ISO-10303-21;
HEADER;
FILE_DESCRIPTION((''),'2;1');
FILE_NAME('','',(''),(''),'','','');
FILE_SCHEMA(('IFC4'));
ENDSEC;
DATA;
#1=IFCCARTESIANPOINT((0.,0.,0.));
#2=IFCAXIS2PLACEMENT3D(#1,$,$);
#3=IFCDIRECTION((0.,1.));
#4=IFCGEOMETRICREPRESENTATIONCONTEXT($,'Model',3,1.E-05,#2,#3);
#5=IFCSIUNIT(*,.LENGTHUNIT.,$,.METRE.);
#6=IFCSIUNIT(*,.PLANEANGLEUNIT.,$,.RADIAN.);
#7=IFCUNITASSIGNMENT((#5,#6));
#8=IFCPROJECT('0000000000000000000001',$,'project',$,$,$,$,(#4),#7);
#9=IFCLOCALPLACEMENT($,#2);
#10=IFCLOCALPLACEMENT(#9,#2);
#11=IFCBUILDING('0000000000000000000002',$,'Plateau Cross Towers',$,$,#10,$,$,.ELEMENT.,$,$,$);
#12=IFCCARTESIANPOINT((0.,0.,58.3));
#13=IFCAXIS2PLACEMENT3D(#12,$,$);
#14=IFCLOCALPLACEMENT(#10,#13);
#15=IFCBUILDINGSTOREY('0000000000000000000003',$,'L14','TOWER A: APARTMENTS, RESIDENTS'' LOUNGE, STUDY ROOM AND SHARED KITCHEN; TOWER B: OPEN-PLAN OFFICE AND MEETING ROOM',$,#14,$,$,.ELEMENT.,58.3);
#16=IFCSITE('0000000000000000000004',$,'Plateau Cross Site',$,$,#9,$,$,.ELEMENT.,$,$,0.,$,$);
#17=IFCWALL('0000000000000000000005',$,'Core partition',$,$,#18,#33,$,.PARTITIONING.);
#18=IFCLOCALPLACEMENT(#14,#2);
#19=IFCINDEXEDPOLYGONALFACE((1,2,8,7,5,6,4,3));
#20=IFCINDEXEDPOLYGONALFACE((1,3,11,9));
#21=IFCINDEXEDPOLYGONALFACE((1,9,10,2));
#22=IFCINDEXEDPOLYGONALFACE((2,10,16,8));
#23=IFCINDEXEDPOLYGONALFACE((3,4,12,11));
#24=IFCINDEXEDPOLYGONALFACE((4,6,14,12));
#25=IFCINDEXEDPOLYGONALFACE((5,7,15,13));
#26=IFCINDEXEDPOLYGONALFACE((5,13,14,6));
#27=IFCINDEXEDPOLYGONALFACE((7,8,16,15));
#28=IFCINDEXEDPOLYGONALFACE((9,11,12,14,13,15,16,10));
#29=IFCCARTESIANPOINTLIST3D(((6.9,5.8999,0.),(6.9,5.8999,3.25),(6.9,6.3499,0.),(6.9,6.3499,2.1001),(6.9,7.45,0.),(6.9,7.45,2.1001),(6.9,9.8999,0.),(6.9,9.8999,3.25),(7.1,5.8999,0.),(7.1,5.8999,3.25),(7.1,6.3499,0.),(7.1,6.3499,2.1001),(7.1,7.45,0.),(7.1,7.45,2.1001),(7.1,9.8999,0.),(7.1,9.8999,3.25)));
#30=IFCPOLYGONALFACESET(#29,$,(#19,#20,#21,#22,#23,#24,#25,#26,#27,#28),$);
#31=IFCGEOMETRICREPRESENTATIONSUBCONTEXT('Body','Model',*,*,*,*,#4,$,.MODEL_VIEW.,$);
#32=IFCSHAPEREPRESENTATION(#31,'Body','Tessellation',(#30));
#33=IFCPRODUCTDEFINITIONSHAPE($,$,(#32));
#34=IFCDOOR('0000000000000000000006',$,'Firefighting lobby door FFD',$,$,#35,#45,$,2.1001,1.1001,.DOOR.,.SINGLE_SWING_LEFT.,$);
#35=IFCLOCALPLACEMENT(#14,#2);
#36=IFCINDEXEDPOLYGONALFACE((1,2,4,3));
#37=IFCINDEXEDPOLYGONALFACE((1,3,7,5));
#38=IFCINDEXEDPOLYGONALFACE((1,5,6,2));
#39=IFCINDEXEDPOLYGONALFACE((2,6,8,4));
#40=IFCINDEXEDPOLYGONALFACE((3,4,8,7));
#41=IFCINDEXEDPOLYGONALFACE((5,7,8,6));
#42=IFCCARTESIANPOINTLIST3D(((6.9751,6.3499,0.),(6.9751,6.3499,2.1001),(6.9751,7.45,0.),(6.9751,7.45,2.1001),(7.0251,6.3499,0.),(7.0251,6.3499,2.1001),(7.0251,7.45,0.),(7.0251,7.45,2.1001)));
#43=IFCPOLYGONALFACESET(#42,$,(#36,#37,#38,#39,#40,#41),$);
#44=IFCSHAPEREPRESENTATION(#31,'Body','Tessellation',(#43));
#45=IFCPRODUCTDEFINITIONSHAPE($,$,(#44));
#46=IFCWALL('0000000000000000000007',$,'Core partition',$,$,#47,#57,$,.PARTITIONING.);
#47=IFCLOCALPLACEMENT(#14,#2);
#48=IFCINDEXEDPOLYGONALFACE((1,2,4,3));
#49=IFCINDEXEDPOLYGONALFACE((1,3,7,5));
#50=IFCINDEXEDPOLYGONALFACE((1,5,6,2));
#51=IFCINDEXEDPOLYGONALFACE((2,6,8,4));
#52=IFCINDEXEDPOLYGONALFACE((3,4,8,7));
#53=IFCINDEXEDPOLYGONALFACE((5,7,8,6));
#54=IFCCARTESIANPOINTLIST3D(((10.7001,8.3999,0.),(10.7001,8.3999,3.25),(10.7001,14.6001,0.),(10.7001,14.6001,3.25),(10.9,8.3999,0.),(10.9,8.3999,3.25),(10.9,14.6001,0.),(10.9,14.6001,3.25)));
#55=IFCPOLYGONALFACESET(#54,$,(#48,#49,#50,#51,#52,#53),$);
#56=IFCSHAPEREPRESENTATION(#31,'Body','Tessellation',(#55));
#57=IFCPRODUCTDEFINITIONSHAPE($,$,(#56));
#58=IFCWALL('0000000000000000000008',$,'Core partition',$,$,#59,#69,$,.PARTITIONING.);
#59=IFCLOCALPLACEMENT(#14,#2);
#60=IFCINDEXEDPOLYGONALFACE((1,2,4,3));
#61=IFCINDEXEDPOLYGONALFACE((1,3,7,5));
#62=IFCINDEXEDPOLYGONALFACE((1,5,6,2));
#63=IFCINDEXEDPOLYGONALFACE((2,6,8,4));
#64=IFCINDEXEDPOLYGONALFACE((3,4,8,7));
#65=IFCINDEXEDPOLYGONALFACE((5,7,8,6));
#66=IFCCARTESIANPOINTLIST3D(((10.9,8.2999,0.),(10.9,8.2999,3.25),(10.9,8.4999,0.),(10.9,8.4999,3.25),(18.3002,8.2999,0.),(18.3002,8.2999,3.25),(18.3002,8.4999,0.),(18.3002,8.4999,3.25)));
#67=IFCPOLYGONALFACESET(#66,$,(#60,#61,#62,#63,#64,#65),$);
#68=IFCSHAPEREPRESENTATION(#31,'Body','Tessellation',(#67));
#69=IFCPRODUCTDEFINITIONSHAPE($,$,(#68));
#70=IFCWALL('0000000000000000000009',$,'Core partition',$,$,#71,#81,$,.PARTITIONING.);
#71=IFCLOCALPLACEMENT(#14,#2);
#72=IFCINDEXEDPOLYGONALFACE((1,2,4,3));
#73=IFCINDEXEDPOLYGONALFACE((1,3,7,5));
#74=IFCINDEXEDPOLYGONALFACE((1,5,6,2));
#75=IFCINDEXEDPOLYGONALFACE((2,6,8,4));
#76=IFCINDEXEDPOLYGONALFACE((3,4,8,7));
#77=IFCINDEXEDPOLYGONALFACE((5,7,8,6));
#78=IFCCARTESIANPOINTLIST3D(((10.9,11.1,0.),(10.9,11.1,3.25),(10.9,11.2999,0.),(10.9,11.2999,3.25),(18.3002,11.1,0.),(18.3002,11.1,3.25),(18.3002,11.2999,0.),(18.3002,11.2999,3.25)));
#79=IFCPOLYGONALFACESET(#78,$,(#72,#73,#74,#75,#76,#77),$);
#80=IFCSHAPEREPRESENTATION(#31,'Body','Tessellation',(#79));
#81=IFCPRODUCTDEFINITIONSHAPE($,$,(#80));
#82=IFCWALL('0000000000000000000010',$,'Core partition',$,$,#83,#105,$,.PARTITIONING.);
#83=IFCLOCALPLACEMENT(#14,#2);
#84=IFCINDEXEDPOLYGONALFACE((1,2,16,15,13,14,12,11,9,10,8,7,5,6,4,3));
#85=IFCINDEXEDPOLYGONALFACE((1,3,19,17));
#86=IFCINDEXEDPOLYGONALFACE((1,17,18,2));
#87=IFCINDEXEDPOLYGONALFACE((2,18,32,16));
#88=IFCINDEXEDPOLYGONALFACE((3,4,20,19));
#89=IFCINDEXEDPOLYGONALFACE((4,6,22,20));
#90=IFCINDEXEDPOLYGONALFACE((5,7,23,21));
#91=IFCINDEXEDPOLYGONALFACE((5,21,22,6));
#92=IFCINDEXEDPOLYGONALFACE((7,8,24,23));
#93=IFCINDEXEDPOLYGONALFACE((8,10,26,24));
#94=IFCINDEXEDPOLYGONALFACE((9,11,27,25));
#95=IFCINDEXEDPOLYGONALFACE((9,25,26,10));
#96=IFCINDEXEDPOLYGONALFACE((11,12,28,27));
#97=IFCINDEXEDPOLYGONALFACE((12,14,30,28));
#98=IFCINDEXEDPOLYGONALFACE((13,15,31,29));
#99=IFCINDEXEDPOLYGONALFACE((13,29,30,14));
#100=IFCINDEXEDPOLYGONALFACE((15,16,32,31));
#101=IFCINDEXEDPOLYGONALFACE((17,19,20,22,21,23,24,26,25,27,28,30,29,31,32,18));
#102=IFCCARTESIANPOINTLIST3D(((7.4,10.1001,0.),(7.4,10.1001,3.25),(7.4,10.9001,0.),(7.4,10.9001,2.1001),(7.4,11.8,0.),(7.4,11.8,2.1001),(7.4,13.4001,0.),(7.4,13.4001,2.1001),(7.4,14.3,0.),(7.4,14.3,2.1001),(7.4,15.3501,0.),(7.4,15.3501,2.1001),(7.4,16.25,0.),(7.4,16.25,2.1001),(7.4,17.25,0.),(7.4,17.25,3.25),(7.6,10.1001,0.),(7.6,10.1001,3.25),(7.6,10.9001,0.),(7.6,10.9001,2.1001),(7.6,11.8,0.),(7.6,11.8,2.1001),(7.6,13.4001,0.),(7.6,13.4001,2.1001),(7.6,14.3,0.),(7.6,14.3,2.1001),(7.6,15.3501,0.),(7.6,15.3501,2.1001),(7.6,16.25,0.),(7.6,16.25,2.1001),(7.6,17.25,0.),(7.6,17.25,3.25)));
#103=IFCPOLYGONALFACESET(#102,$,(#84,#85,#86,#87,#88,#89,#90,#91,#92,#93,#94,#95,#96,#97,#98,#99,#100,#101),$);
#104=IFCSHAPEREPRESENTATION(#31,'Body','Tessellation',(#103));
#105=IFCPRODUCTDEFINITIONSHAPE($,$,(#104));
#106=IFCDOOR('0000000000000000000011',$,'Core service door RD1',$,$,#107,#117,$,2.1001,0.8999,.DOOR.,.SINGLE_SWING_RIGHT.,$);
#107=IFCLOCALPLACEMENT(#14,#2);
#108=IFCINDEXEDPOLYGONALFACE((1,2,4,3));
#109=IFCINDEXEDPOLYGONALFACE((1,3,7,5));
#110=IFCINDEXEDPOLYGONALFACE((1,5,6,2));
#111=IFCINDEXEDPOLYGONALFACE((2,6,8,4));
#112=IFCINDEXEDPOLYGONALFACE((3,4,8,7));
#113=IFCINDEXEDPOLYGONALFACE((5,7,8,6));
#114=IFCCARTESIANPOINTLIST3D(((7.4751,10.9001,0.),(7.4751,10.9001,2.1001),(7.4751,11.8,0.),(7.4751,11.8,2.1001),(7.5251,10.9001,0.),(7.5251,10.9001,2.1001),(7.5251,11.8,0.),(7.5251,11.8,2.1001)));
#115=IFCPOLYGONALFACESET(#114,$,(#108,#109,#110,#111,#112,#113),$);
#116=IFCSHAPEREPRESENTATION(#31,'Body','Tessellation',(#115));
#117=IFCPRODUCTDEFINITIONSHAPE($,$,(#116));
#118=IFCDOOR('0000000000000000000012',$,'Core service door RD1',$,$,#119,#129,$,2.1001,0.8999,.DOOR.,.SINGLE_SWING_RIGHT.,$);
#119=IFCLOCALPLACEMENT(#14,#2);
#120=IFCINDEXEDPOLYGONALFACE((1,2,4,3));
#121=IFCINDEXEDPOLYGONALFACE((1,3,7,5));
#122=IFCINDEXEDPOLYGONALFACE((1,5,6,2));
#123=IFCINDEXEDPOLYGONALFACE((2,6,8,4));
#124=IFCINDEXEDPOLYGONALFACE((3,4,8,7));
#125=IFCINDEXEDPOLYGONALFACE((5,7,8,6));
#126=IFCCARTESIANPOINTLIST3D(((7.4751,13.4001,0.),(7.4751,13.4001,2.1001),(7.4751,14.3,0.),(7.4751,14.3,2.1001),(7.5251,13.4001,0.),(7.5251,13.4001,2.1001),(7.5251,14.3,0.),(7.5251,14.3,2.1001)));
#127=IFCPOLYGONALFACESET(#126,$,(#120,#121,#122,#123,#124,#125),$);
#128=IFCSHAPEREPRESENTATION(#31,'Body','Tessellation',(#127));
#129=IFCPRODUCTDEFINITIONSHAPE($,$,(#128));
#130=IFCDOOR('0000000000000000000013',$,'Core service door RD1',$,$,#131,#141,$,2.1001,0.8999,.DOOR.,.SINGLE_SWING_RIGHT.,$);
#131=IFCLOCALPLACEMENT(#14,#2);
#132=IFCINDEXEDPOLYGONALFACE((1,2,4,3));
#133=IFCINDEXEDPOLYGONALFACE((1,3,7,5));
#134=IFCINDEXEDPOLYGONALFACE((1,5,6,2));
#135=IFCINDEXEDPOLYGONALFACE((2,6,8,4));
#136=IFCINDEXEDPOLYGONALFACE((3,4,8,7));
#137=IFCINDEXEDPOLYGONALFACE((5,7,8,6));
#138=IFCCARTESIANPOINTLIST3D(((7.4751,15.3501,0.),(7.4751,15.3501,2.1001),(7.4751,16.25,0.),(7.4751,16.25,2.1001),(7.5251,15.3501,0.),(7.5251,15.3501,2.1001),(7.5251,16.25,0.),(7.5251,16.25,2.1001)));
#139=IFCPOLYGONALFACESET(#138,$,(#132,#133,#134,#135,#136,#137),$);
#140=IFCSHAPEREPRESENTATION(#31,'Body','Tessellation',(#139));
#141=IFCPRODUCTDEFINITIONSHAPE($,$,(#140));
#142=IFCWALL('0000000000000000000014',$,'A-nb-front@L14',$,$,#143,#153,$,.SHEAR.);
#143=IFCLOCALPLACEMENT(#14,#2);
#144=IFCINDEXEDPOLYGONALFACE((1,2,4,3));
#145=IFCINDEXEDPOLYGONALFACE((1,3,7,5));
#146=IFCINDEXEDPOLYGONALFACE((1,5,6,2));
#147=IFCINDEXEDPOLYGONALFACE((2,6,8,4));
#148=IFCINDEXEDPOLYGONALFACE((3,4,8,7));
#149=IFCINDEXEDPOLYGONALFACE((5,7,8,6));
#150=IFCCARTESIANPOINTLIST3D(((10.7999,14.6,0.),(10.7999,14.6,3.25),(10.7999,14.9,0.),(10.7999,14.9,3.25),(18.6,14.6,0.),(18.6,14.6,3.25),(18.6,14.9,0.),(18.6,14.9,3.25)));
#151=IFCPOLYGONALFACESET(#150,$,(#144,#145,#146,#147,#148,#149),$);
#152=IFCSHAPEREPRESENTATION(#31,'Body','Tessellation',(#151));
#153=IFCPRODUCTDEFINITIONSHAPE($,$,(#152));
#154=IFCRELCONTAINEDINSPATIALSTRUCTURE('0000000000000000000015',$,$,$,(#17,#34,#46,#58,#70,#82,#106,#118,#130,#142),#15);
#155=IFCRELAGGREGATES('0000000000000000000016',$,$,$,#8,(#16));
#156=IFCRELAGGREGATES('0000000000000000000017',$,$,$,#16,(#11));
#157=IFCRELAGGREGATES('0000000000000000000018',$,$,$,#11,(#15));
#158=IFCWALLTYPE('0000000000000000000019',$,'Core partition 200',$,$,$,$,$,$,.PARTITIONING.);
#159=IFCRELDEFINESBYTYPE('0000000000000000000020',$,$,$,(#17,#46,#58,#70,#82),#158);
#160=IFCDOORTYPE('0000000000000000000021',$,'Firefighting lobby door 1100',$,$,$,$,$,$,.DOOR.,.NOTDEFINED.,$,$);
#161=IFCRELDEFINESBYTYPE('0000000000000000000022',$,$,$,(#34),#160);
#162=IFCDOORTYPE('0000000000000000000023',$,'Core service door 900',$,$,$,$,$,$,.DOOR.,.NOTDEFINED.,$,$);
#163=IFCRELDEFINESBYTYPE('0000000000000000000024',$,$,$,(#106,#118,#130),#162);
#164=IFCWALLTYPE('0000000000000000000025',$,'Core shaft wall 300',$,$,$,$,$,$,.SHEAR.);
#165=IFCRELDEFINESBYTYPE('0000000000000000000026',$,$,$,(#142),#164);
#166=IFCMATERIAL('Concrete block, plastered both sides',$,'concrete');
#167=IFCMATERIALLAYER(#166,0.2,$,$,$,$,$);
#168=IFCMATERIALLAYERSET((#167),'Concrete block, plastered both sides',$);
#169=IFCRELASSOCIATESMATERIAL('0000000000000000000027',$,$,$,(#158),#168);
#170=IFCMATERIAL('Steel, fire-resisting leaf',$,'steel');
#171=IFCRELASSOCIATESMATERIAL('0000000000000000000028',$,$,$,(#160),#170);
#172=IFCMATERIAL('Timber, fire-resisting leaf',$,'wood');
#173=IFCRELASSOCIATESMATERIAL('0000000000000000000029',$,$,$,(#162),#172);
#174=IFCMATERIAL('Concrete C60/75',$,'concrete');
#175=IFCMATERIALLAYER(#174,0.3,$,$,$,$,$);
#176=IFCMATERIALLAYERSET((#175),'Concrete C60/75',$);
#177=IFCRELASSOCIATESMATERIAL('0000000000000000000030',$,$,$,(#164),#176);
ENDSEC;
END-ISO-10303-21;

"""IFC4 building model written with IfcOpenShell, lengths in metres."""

from ifc_helpers import new_model, si_unit, direction, frame, frame_2d, origin, place, context, subcontext, project, spatial, rectangle, extrude, material, layer, layer_set, type_object, element, fill, save


model = new_model("IFC4")

# Units and contexts
model_context = context("Model", 3, precision=1e-05, world=origin(), true_north=direction((0.0, 1.0)))
body_context = subcontext(model_context, "Body", "Model", "MODEL_VIEW")
ifc_project = project(units=[si_unit("LENGTHUNIT", "METRE"), si_unit("PLANEANGLEUNIT", "RADIAN")], contexts=[model_context])

# Site, building, storey
site_placement = place(None, origin())
site = spatial("IfcSite", under=ifc_project, at=site_placement, Name="Plateau Cross Site", CompositionType="ELEMENT", RefElevation=0.0)
building_placement = place(site_placement, origin())
building = spatial("IfcBuilding", under=site, at=building_placement, Name="Plateau Cross Towers", CompositionType="ELEMENT")
storey_placement = place(building_placement, frame((0.0, 0.0, 58.3)))
storey = spatial("IfcBuildingStorey", under=building, at=storey_placement, Name="L14", Description="TOWER A: APARTMENTS, RESIDENTS' LOUNGE, STUDY ROOM AND SHARED KITCHEN; TOWER B: OPEN-PLAN OFFICE AND MEETING ROOM", CompositionType="ELEMENT", Elevation=58.3)

# Wall, opening, door
ifc_material_1 = material(Name="Concrete block, plastered both sides", Category="concrete")
ifc_layer_1 = layer(ifc_material_1, 0.2)
ifc_layer_set_1 = layer_set([ifc_layer_1], Name="Concrete block, plastered both sides")
wall_type_1 = type_object("IfcWallType", Name="Core partition 200", PredefinedType="PARTITIONING", material=ifc_layer_set_1)
wall_1_placement = place(storey_placement, frame((7.0, 5.8999, 0.0), z_axis=(0.0, 0.0, 1.0), x_axis=(0.0, 1.0, 0.0)))
wall_1 = element("IfcWall", 1, at=wall_1_placement, inside=storey, type_object=wall_type_1, Name="Core partition", PredefinedType="PARTITIONING", context=body_context, shape_type="SweptSolid", body=[
    extrude(rectangle(XDim=4.0, YDim=0.2, at=frame_2d((2.0, 0.0))), origin(), (0.0, 0.0, 1.0), 3.25),
])
opening_1_placement = place(wall_1_placement, frame((0.45, 0.0, 0.0)))
opening_1 = element("IfcOpeningElement", 2, at=opening_1_placement, cuts=wall_1, PredefinedType="OPENING", context=body_context, shape_type="SweptSolid", body=[
    extrude(rectangle(XDim=1.1001, YDim=2.1001, at=frame_2d((0.55, 1.05))), frame((0.0, 0.1099, 0.0), z_axis=(0.0, -1.0, 0.0), x_axis=(1.0, 0.0, 0.0)), (0.0, 0.0, 1.0), 0.22),
])
ifc_material_2 = material(Name="Steel, fire-resisting leaf", Category="steel")
door_type_1 = type_object("IfcDoorType", Name="Firefighting lobby door 1100", OperationType="NOTDEFINED", PredefinedType="DOOR", material=ifc_material_2)
door_1_placement = place(opening_1_placement, origin())
door_1 = element("IfcDoor", 3, at=door_1_placement, inside=storey, type_object=door_type_1, Name="Firefighting lobby door FFD", OperationType="SINGLE_SWING_LEFT", OverallHeight=2.1001, OverallWidth=1.1001, PredefinedType="DOOR", context=body_context, shape_type="SweptSolid", body=[
    extrude(rectangle(XDim=1.1001, YDim=2.1001, at=frame_2d((0.55, 1.05))), frame((0.0, 0.0249, 0.0), z_axis=(0.0, -1.0, 0.0), x_axis=(1.0, 0.0, 0.0)), (0.0, 0.0, 1.0), 0.05),
])
fill(opening_1, door_1)

# Walls
wall_2_placement = place(storey_placement, frame((10.8, 8.3999, 0.0), z_axis=(0.0, 0.0, 1.0), x_axis=(0.0, 1.0, 0.0)))
element("IfcWall", 4, at=wall_2_placement, inside=storey, type_object=wall_type_1, Name="Core partition", PredefinedType="PARTITIONING", context=body_context, shape_type="SweptSolid", body=[
    extrude(rectangle(XDim=6.2002, YDim=0.2, at=frame_2d((3.1001, 0.0))), origin(), (0.0, 0.0, 1.0), 3.25),
])
for number, where, z_axis, x_axis, name in (
    (5, (10.8999, 8.3999, 0.0), (0.0, 0.0, 1.0), (1.0, 0.0, 0.0), "Core partition"),
    (6, (10.8999, 11.2, 0.0), (0.0, 0.0, 1.0), (1.0, 0.0, 0.0), "Core partition"),
):
    element("IfcWall", number, at=place(storey_placement, frame(where, z_axis=z_axis, x_axis=x_axis)), inside=storey, type_object=wall_type_1, Name=name, PredefinedType="PARTITIONING", context=body_context, shape_type="SweptSolid", body=[
        extrude(rectangle(XDim=7.4001, YDim=0.2, at=frame_2d((3.7002, 0.0))), origin(), (0.0, 0.0, 1.0), 3.25),
    ])

# Wall, openings, doors
wall_3_placement = place(storey_placement, frame((7.5, 10.1001, 0.0), z_axis=(0.0, 0.0, 1.0), x_axis=(0.0, 1.0, 0.0)))
wall_3 = element("IfcWall", 7, at=wall_3_placement, inside=storey, type_object=wall_type_1, Name="Core partition", PredefinedType="PARTITIONING", context=body_context, shape_type="SweptSolid", body=[
    extrude(rectangle(XDim=7.1499, YDim=0.2, at=frame_2d((3.575, 0.0))), origin(), (0.0, 0.0, 1.0), 3.25),
])
opening_2_placement = place(wall_3_placement, frame((0.8, 0.0, 0.0)))
opening_2 = element("IfcOpeningElement", 8, at=opening_2_placement, cuts=wall_3, PredefinedType="OPENING", context=body_context, shape_type="SweptSolid", body=[
    extrude(rectangle(XDim=0.8999, YDim=2.1001, at=frame_2d((0.45, 1.05))), frame((0.0, 0.1099, 0.0), z_axis=(0.0, -1.0, 0.0), x_axis=(1.0, 0.0, 0.0)), (0.0, 0.0, 1.0), 0.22),
])
opening_3_placement = place(wall_3_placement, frame((3.3, 0.0, 0.0)))
opening_3 = element("IfcOpeningElement", 9, at=opening_3_placement, cuts=wall_3, PredefinedType="OPENING", context=body_context, shape_type="SweptSolid", body=[
    extrude(rectangle(XDim=0.8999, YDim=2.1001, at=frame_2d((0.45, 1.05))), frame((0.0, 0.1099, 0.0), z_axis=(0.0, -1.0, 0.0), x_axis=(1.0, 0.0, 0.0)), (0.0, 0.0, 1.0), 0.22),
])
opening_4_placement = place(wall_3_placement, frame((5.25, 0.0, 0.0)))
opening_4 = element("IfcOpeningElement", 10, at=opening_4_placement, cuts=wall_3, PredefinedType="OPENING", context=body_context, shape_type="SweptSolid", body=[
    extrude(rectangle(XDim=0.8999, YDim=2.1001, at=frame_2d((0.45, 1.05))), frame((0.0, 0.1099, 0.0), z_axis=(0.0, -1.0, 0.0), x_axis=(1.0, 0.0, 0.0)), (0.0, 0.0, 1.0), 0.22),
])
ifc_material_3 = material(Name="Timber, fire-resisting leaf", Category="wood")
door_type_2 = type_object("IfcDoorType", Name="Core service door 900", OperationType="NOTDEFINED", PredefinedType="DOOR", material=ifc_material_3)
door_2_placement = place(opening_2_placement, origin())
door_2 = element("IfcDoor", 11, at=door_2_placement, inside=storey, type_object=door_type_2, Name="Core service door RD1", OperationType="SINGLE_SWING_RIGHT", OverallHeight=2.1001, OverallWidth=0.8999, PredefinedType="DOOR", context=body_context, shape_type="SweptSolid", body=[
    extrude(rectangle(XDim=0.8999, YDim=2.1001, at=frame_2d((0.45, 1.05))), frame((0.0, 0.0249, 0.0), z_axis=(0.0, -1.0, 0.0), x_axis=(1.0, 0.0, 0.0)), (0.0, 0.0, 1.0), 0.05),
])
fill(opening_2, door_2)
door_3_placement = place(opening_3_placement, origin())
door_3 = element("IfcDoor", 12, at=door_3_placement, inside=storey, type_object=door_type_2, Name="Core service door RD1", OperationType="SINGLE_SWING_RIGHT", OverallHeight=2.1001, OverallWidth=0.8999, PredefinedType="DOOR", context=body_context, shape_type="SweptSolid", body=[
    extrude(rectangle(XDim=0.8999, YDim=2.1001, at=frame_2d((0.45, 1.05))), frame((0.0, 0.0249, 0.0), z_axis=(0.0, -1.0, 0.0), x_axis=(1.0, 0.0, 0.0)), (0.0, 0.0, 1.0), 0.05),
])
fill(opening_3, door_3)
door_4_placement = place(opening_4_placement, origin())
door_4 = element("IfcDoor", 13, at=door_4_placement, inside=storey, type_object=door_type_2, Name="Core service door RD1", OperationType="SINGLE_SWING_RIGHT", OverallHeight=2.1001, OverallWidth=0.8999, PredefinedType="DOOR", context=body_context, shape_type="SweptSolid", body=[
    extrude(rectangle(XDim=0.8999, YDim=2.1001, at=frame_2d((0.45, 1.05))), frame((0.0, 0.0249, 0.0), z_axis=(0.0, -1.0, 0.0), x_axis=(1.0, 0.0, 0.0)), (0.0, 0.0, 1.0), 0.05),
])
fill(opening_4, door_4)

# Wall
ifc_material_4 = material(Name="Concrete C60/75", Category="concrete")
ifc_layer_2 = layer(ifc_material_4, 0.3)
ifc_layer_set_2 = layer_set([ifc_layer_2], Name="Concrete C60/75")
wall_type_2 = type_object("IfcWallType", Name="Core shaft wall 300", PredefinedType="SHEAR", material=ifc_layer_set_2)
wall_4_placement = place(storey_placement, frame((10.8, 14.75, 0.0), z_axis=(0.0, 0.0, 1.0), x_axis=(1.0, 0.0, 0.0)))
element("IfcWall", 14, at=wall_4_placement, inside=storey, type_object=wall_type_2, Name="A-nb-front@L14", PredefinedType="SHEAR", context=body_context, shape_type="SweptSolid", body=[
    extrude(rectangle(XDim=7.8, YDim=0.3, at=frame_2d((3.8999, 0.0))), origin(), (0.0, 0.0, 1.0), 3.25),
])

save(model, "model.ifc")
